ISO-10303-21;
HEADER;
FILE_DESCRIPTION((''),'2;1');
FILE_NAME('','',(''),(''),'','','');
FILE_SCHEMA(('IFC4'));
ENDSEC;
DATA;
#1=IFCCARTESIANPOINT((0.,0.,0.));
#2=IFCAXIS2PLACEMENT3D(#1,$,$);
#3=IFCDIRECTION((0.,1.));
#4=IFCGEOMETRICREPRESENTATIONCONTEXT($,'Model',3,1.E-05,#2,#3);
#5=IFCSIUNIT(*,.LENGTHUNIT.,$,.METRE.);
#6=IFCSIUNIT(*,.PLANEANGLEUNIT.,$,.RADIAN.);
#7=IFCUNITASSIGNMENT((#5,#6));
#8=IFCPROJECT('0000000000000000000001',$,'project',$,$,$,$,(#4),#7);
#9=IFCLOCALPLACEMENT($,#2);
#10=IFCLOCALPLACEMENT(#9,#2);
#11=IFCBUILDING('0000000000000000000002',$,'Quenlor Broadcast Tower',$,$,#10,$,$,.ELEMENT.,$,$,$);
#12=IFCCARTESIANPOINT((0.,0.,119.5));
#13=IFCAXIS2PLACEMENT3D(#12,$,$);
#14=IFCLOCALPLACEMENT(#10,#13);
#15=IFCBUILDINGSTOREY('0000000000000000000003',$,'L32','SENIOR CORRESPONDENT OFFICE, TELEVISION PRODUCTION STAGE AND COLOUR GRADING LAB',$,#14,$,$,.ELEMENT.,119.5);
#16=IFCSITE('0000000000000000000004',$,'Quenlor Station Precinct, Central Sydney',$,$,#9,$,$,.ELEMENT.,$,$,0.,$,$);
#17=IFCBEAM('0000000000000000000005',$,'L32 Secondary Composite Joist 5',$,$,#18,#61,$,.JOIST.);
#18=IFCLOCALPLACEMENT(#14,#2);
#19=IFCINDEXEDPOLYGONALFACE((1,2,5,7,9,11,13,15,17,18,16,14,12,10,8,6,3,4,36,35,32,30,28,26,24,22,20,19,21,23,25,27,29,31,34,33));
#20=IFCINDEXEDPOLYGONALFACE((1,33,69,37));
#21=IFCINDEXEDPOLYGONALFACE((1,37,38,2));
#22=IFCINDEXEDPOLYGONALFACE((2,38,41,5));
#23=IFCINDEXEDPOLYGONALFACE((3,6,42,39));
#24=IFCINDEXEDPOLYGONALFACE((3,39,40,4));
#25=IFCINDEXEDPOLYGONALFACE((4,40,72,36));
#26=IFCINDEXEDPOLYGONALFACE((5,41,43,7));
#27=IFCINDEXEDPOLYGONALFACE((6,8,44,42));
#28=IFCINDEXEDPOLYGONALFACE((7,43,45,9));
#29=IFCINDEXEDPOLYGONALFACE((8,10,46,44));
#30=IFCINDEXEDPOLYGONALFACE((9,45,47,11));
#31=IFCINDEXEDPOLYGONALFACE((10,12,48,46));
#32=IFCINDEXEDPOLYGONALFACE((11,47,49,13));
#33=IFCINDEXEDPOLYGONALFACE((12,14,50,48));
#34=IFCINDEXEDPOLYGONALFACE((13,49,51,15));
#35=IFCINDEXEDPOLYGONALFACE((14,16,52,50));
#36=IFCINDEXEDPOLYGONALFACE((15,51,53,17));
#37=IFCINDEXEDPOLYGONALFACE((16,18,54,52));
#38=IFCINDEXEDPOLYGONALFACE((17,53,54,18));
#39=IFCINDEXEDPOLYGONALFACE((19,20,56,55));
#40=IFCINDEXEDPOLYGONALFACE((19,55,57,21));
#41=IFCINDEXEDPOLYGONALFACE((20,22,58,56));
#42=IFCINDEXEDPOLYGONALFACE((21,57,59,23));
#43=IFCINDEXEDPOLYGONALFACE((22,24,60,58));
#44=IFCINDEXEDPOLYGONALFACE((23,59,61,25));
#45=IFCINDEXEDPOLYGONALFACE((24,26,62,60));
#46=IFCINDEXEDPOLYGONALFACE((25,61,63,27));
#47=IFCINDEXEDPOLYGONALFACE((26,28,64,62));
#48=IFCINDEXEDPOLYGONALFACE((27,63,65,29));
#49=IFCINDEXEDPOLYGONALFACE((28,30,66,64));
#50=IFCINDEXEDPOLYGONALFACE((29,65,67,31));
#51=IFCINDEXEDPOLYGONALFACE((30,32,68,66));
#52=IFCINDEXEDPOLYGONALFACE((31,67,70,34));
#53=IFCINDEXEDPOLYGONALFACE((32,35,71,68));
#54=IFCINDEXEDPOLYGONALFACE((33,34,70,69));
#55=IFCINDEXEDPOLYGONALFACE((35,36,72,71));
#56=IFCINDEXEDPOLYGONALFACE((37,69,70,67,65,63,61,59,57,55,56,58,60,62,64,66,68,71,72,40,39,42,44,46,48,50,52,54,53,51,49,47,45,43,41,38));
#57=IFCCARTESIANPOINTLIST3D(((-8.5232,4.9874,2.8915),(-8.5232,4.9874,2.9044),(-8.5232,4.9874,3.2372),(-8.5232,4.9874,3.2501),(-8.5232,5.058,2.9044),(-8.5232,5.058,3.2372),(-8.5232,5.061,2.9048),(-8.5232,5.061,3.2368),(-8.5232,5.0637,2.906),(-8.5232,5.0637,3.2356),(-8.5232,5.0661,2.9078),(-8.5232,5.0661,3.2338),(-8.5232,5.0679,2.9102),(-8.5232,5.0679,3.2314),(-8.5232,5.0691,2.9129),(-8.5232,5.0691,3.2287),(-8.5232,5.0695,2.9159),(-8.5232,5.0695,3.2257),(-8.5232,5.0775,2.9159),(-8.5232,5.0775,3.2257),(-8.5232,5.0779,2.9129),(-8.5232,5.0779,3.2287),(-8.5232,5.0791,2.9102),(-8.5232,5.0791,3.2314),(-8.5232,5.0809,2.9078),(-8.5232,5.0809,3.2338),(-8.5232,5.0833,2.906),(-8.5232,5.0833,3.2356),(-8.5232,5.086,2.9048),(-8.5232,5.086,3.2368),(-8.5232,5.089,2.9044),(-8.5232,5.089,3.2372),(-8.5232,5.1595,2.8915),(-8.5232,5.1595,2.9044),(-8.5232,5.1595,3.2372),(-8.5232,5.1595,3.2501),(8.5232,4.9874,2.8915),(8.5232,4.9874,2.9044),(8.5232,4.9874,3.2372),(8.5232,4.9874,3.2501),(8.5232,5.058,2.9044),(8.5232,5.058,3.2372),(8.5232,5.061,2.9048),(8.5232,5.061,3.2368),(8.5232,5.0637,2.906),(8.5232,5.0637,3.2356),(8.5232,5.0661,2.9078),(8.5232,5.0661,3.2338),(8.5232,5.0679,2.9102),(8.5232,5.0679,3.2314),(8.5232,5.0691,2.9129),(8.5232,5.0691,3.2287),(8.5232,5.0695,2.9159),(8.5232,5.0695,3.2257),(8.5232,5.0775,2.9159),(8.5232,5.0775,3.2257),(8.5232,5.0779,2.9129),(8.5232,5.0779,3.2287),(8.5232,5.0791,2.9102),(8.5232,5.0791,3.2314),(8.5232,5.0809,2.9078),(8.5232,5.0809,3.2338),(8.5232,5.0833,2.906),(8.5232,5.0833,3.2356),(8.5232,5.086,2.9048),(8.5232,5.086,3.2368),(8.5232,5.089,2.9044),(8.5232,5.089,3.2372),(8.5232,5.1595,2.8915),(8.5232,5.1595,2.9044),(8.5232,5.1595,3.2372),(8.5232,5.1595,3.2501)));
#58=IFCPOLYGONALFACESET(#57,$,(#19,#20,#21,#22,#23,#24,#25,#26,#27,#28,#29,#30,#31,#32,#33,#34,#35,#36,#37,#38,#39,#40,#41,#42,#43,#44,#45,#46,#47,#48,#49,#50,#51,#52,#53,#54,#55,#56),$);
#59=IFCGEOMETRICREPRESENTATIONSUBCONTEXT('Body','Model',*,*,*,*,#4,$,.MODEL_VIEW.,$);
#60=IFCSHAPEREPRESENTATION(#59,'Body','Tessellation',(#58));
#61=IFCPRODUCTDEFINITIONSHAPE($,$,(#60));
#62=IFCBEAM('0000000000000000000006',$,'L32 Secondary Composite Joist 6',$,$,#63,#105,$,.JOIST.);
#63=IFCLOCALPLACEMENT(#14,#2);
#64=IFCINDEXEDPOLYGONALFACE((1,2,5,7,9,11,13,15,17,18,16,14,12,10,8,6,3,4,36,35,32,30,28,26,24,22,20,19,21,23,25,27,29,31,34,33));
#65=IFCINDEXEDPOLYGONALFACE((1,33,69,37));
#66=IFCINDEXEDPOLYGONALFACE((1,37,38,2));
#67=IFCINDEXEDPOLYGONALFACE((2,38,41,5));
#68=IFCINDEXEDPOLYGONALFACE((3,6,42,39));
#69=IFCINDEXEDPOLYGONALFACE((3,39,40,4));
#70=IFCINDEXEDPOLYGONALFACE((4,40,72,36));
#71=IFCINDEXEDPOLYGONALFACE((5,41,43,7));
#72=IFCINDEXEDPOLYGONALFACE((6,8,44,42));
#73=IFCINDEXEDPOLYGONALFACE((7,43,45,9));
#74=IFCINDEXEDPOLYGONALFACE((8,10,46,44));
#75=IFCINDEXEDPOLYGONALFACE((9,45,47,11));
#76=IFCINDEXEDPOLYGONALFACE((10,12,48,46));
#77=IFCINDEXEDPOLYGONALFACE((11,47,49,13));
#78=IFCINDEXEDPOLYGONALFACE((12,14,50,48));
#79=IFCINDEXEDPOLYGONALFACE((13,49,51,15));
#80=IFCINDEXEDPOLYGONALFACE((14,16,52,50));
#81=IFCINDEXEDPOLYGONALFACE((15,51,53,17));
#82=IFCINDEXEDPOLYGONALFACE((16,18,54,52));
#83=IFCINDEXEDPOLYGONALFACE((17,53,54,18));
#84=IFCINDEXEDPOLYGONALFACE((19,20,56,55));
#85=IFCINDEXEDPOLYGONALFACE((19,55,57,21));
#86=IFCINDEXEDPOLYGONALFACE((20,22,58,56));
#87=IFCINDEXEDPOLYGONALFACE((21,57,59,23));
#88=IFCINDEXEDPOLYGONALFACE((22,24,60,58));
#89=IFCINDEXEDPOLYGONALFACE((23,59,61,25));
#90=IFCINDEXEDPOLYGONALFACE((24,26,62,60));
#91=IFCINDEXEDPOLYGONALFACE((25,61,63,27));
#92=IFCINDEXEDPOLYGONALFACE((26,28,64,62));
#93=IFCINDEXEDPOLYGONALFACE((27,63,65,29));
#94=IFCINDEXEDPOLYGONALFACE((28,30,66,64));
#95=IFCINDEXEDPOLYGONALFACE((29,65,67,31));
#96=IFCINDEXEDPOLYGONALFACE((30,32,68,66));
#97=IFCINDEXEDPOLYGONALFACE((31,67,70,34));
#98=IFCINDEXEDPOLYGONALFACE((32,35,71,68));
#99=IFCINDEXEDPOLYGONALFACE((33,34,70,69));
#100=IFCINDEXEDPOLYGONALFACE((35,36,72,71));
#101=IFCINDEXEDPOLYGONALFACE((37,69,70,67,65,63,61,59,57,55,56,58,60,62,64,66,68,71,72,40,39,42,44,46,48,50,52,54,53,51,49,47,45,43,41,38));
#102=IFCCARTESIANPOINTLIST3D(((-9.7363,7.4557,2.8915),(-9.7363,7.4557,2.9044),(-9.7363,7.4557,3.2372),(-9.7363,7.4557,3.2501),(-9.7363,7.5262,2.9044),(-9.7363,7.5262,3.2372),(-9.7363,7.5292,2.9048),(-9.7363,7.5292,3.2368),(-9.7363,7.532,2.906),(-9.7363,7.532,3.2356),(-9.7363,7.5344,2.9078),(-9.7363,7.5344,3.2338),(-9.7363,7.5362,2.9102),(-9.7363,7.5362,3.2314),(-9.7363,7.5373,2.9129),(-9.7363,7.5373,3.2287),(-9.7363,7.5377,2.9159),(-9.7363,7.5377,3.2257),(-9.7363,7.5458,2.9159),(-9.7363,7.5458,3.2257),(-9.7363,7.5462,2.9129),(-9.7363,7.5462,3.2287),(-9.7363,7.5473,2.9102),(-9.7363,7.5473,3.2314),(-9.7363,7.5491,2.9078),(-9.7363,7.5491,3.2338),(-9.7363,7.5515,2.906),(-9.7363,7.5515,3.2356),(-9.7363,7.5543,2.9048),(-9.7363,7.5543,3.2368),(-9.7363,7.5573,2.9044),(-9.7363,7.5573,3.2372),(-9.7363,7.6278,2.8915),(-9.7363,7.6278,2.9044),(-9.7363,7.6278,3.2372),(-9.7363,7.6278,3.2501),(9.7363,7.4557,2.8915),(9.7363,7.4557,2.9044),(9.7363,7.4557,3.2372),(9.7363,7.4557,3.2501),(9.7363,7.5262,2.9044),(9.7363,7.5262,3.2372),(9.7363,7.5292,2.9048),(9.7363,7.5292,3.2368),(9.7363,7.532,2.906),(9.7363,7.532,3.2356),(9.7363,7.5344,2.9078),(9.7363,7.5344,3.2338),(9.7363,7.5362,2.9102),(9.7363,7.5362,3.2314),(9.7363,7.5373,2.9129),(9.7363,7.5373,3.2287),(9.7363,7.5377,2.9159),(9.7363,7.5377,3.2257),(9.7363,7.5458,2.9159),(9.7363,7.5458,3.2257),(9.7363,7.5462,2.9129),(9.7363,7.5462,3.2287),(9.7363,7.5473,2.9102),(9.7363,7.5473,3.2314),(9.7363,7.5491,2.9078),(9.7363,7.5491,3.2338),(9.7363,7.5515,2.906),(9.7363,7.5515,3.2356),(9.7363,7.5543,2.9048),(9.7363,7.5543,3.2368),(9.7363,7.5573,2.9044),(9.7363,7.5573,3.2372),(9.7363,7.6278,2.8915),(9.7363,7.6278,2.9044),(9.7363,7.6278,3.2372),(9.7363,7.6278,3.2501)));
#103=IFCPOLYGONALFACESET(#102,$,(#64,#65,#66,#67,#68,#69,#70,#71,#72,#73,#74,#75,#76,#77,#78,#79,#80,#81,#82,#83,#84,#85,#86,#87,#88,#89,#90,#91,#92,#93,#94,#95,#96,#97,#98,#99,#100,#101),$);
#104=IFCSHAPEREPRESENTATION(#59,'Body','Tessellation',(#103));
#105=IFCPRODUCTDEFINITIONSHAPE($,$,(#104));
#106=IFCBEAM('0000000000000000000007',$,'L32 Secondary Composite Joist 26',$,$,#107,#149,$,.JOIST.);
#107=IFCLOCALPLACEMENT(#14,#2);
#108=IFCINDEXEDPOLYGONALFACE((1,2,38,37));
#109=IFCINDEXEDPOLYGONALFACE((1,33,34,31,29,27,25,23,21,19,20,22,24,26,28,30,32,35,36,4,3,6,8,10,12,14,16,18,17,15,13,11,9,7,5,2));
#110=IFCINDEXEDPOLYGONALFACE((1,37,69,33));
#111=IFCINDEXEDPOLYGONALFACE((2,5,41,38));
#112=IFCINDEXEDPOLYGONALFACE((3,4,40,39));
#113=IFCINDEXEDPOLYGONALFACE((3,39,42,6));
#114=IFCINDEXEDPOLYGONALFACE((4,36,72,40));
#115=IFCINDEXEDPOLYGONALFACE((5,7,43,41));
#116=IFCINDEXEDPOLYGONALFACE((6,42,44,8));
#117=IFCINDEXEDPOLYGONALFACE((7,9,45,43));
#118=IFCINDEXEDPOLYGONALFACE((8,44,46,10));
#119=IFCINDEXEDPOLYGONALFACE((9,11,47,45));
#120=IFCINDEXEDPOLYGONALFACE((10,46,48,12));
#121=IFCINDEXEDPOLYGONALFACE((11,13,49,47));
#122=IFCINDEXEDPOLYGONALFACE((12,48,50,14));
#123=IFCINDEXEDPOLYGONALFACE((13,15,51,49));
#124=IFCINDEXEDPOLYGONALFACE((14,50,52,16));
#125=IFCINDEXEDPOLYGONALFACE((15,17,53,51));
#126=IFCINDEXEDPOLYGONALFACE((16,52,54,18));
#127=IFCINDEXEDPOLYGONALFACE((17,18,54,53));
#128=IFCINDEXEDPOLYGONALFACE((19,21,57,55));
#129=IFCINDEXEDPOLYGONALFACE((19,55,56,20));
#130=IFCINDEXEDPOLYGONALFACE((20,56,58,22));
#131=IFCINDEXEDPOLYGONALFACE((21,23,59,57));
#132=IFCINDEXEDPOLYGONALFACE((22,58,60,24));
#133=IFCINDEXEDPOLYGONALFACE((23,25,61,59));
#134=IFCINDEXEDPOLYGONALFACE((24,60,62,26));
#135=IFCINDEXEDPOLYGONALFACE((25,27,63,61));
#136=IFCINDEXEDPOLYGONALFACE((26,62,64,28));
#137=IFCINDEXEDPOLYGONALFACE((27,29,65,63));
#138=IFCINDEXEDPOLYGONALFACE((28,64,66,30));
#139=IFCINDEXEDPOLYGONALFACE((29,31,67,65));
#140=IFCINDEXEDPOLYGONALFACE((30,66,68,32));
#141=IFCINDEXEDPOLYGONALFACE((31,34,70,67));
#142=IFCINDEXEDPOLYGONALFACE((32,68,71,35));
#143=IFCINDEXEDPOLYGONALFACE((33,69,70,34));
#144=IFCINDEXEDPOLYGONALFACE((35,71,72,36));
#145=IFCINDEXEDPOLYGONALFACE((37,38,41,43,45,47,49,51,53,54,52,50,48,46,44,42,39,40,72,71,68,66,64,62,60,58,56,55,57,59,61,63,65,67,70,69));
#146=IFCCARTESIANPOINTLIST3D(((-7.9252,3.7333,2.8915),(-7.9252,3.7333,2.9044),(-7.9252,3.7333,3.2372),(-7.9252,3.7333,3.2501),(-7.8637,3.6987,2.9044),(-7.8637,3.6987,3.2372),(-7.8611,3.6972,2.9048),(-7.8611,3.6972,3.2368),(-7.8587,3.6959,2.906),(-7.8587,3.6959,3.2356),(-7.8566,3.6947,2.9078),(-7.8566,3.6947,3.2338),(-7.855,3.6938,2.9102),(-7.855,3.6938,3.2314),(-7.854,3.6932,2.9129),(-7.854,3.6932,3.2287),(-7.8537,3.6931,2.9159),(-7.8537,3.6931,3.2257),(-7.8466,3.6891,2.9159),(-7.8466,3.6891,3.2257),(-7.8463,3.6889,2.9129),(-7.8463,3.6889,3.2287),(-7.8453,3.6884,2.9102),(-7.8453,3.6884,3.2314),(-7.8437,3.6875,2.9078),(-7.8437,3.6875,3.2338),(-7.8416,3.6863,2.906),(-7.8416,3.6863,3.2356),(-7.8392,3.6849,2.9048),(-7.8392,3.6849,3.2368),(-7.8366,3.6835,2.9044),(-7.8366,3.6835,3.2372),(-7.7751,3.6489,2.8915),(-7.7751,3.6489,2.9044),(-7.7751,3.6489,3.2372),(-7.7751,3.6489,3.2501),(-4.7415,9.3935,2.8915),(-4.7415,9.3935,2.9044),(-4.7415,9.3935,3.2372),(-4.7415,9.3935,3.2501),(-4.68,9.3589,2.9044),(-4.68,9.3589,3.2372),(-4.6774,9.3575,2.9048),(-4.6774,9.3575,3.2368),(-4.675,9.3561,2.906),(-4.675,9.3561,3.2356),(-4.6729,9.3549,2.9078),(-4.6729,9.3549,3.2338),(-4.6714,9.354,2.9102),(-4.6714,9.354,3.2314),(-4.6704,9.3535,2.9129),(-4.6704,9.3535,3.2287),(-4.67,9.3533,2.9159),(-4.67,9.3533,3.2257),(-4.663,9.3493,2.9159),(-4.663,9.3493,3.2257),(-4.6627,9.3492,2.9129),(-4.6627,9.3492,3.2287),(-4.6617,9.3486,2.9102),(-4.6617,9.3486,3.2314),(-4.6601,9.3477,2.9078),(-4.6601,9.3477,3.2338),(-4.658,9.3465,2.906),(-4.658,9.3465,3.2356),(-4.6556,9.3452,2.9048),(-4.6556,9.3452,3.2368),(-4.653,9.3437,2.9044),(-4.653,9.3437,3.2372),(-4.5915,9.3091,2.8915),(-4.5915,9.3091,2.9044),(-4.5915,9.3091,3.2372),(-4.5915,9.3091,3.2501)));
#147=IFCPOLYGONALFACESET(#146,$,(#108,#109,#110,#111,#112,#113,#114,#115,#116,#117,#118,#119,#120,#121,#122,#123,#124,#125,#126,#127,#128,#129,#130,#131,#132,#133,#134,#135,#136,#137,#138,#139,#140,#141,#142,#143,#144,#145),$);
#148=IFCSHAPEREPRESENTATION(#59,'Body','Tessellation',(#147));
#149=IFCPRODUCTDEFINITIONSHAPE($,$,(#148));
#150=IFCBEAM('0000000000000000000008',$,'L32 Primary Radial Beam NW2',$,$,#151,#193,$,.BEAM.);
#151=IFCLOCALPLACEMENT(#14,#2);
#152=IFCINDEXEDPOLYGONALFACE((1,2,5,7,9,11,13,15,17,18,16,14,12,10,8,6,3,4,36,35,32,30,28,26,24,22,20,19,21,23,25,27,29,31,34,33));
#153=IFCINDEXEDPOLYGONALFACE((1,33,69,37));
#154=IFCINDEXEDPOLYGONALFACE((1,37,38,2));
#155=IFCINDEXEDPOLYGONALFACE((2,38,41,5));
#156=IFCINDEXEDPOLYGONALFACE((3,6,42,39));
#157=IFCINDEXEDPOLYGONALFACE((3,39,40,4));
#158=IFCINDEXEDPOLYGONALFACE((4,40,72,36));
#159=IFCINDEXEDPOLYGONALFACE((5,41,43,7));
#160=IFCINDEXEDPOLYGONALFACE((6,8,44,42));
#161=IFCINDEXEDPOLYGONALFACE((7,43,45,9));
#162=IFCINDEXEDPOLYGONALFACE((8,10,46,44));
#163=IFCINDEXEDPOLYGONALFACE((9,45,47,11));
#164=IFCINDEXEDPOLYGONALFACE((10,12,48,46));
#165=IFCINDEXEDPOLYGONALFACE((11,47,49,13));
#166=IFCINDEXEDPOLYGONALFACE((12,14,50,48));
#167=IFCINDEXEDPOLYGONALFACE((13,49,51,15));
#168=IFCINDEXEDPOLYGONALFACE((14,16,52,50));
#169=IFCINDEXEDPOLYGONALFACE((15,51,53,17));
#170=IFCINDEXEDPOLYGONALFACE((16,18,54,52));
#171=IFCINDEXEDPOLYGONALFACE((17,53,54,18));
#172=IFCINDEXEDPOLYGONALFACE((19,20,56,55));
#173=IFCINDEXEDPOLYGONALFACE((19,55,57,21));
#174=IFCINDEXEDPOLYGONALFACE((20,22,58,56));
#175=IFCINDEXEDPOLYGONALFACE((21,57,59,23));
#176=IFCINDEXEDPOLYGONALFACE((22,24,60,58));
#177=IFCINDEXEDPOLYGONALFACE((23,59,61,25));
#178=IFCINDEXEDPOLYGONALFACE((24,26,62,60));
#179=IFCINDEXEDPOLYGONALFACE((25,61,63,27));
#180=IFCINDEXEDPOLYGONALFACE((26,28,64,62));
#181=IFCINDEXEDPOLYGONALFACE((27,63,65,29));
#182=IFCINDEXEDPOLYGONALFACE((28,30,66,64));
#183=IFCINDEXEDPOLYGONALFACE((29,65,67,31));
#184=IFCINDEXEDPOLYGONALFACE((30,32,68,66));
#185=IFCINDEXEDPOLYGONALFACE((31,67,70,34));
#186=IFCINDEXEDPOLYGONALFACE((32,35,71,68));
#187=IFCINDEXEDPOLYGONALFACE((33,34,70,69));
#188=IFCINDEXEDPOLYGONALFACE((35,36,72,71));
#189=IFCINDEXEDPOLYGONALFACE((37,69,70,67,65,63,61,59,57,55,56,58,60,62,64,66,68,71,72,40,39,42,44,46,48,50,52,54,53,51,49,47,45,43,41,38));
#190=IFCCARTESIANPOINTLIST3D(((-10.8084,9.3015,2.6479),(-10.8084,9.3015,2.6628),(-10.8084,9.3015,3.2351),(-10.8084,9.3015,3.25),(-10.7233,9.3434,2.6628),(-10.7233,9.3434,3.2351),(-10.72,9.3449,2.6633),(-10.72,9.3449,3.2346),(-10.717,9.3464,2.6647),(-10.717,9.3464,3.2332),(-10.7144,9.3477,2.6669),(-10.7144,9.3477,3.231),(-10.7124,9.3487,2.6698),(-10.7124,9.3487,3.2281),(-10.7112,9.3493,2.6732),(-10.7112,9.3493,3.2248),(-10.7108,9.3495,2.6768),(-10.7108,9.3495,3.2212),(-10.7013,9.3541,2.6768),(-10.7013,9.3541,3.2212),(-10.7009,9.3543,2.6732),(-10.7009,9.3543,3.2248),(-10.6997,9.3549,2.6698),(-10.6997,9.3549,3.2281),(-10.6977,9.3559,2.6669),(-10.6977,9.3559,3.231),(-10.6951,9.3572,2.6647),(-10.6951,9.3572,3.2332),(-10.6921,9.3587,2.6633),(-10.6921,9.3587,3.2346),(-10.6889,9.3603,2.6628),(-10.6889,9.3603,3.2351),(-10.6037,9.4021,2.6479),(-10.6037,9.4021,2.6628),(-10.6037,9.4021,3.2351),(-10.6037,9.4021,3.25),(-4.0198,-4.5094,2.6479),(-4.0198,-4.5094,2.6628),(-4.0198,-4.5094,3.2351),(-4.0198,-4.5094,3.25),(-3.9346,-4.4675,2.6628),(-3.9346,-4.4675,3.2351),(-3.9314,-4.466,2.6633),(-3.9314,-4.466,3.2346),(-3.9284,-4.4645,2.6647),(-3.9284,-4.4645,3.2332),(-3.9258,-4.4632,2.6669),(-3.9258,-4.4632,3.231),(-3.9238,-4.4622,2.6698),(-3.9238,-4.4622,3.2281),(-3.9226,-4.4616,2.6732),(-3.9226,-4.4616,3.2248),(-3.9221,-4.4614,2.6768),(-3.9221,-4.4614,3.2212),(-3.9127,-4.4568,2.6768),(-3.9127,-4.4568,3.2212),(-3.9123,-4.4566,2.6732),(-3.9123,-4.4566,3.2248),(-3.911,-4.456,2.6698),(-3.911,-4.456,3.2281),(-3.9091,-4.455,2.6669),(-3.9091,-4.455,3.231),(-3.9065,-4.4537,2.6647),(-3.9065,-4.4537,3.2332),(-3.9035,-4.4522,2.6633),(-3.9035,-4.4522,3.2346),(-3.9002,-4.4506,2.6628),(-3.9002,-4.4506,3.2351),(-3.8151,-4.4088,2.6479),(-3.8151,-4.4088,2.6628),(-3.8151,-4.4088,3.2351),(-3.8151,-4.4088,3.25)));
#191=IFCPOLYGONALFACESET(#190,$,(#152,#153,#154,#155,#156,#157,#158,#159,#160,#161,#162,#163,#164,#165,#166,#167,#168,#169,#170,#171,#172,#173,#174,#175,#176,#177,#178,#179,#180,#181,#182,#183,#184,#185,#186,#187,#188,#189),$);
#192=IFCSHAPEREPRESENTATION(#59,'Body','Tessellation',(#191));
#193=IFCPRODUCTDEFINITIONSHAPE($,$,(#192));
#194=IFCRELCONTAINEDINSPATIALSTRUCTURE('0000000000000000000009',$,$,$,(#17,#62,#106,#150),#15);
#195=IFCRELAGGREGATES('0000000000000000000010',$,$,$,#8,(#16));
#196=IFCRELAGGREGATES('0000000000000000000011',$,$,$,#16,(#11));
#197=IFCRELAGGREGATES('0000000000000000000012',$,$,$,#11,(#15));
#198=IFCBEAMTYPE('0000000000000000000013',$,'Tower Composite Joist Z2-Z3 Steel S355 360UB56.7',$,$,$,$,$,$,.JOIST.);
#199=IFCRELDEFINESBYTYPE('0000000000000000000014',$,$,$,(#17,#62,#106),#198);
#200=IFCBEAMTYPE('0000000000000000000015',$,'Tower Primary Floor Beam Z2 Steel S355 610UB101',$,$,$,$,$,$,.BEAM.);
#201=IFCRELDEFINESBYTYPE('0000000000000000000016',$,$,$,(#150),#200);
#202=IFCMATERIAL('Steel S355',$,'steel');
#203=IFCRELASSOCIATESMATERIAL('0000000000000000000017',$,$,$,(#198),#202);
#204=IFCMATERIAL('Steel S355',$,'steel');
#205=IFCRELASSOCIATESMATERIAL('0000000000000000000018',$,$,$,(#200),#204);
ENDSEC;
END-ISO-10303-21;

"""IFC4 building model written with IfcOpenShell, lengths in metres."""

from ifc_helpers import new_model, si_unit, direction, frame, origin, origin_2d, place, context, subcontext, project, spatial, i_section, extrude, material, material_profile, profile_set, type_object, element, save


model = new_model("IFC4")

# Units and contexts
model_context = context("Model", 3, precision=1e-05, world=origin(), true_north=direction((0.0, 1.0)))
body_context = subcontext(model_context, "Body", "Model", "MODEL_VIEW")
ifc_project = project(units=[si_unit("LENGTHUNIT", "METRE"), si_unit("PLANEANGLEUNIT", "RADIAN")], contexts=[model_context])

# Site, building, storey
site_placement = place(None, origin())
site = spatial("IfcSite", under=ifc_project, at=site_placement, Name="Quenlor Station Precinct, Central Sydney", CompositionType="ELEMENT", RefElevation=0.0)
building_placement = place(site_placement, origin())
building = spatial("IfcBuilding", under=site, at=building_placement, Name="Quenlor Broadcast Tower", CompositionType="ELEMENT")
storey_placement = place(building_placement, frame((0.0, 0.0, 119.5)))
storey = spatial("IfcBuildingStorey", under=building, at=storey_placement, Name="L32", Description="SENIOR CORRESPONDENT OFFICE, TELEVISION PRODUCTION STAGE AND COLOUR GRADING LAB", CompositionType="ELEMENT", Elevation=119.5)

# Beams
ifc_material_1 = material(Name="Steel S355", Category="steel")
ifc_material_profile_1 = material_profile(ifc_material_1, i_section(OverallWidth=0.1721, OverallDepth=0.3586, WebThickness=0.0081, FlangeThickness=0.0129, FilletRadius=0.0115, at=origin_2d()))
ifc_profile_set_1 = profile_set([ifc_material_profile_1], Name="Steel S355 360UB56.7")
beam_type_1 = type_object("IfcBeamType", Name="Tower Composite Joist Z2-Z3 Steel S355 360UB56.7", PredefinedType="JOIST", material=ifc_profile_set_1)
beam_1_placement = place(storey_placement, frame((-8.5232, 5.0735, 3.0708), z_axis=(1.0, 0.0, 0.0), x_axis=(0.0, 1.0, 0.0)))
element("IfcBeam", 1, at=beam_1_placement, inside=storey, type_object=beam_type_1, Name="L32 Secondary Composite Joist 5", PredefinedType="JOIST", context=body_context, shape_type="SweptSolid", body=[
    extrude(i_section(OverallWidth=0.1721, OverallDepth=0.3586, WebThickness=0.0081, FlangeThickness=0.0129, FilletRadius=0.0115, at=origin_2d()), origin(), (0.0, 0.0, 1.0), 17.0464),
])
beam_2_placement = place(storey_placement, frame((-9.7363, 7.5417, 3.0708), z_axis=(1.0, 0.0, 0.0), x_axis=(0.0, 1.0, 0.0)))
element("IfcBeam", 2, at=beam_2_placement, inside=storey, type_object=beam_type_1, Name="L32 Secondary Composite Joist 6", PredefinedType="JOIST", context=body_context, shape_type="SweptSolid", body=[
    extrude(i_section(OverallWidth=0.1721, OverallDepth=0.3586, WebThickness=0.0081, FlangeThickness=0.0129, FilletRadius=0.0115, at=origin_2d()), origin(), (0.0, 0.0, 1.0), 19.4727),
])
beam_3_placement = place(storey_placement, frame((-4.6665, 9.3513, 3.0708), z_axis=(-0.490233, -0.871592, 0.0), x_axis=(0.871592, -0.490233, 0.0)))
element("IfcBeam", 3, at=beam_3_placement, inside=storey, type_object=beam_type_1, Name="L32 Secondary Composite Joist 26", PredefinedType="JOIST", context=body_context, shape_type="SweptSolid", body=[
    extrude(i_section(OverallWidth=0.1721, OverallDepth=0.3586, WebThickness=0.0081, FlangeThickness=0.0129, FilletRadius=0.0115, at=origin_2d()), origin(), (0.0, 0.0, 1.0), 6.4941),
])
ifc_material_2 = material(Name="Steel S355", Category="steel")
ifc_material_profile_2 = material_profile(ifc_material_2, i_section(OverallWidth=0.228, OverallDepth=0.6021, WebThickness=0.0105, FlangeThickness=0.0149, FilletRadius=0.0139, at=origin_2d()))
ifc_profile_set_2 = profile_set([ifc_material_profile_2], Name="Steel S355 610UB101")
beam_type_2 = type_object("IfcBeamType", Name="Tower Primary Floor Beam Z2 Steel S355 610UB101", PredefinedType="BEAM", material=ifc_profile_set_2)
beam_4_placement = place(storey_placement, frame((-10.7061, 9.3518, 2.949), z_axis=(0.44113, -0.897443, 0.0), x_axis=(0.897443, 0.44113, 0.0)))
element("IfcBeam", 4, at=beam_4_placement, inside=storey, type_object=beam_type_2, Name="L32 Primary Radial Beam NW2", PredefinedType="BEAM", context=body_context, shape_type="SweptSolid", body=[
    extrude(i_section(OverallWidth=0.228, OverallDepth=0.6021, WebThickness=0.0105, FlangeThickness=0.0149, FilletRadius=0.0139, at=origin_2d()), origin(), (0.0, 0.0, 1.0), 15.3892),
])

save(model, "model.ifc")
